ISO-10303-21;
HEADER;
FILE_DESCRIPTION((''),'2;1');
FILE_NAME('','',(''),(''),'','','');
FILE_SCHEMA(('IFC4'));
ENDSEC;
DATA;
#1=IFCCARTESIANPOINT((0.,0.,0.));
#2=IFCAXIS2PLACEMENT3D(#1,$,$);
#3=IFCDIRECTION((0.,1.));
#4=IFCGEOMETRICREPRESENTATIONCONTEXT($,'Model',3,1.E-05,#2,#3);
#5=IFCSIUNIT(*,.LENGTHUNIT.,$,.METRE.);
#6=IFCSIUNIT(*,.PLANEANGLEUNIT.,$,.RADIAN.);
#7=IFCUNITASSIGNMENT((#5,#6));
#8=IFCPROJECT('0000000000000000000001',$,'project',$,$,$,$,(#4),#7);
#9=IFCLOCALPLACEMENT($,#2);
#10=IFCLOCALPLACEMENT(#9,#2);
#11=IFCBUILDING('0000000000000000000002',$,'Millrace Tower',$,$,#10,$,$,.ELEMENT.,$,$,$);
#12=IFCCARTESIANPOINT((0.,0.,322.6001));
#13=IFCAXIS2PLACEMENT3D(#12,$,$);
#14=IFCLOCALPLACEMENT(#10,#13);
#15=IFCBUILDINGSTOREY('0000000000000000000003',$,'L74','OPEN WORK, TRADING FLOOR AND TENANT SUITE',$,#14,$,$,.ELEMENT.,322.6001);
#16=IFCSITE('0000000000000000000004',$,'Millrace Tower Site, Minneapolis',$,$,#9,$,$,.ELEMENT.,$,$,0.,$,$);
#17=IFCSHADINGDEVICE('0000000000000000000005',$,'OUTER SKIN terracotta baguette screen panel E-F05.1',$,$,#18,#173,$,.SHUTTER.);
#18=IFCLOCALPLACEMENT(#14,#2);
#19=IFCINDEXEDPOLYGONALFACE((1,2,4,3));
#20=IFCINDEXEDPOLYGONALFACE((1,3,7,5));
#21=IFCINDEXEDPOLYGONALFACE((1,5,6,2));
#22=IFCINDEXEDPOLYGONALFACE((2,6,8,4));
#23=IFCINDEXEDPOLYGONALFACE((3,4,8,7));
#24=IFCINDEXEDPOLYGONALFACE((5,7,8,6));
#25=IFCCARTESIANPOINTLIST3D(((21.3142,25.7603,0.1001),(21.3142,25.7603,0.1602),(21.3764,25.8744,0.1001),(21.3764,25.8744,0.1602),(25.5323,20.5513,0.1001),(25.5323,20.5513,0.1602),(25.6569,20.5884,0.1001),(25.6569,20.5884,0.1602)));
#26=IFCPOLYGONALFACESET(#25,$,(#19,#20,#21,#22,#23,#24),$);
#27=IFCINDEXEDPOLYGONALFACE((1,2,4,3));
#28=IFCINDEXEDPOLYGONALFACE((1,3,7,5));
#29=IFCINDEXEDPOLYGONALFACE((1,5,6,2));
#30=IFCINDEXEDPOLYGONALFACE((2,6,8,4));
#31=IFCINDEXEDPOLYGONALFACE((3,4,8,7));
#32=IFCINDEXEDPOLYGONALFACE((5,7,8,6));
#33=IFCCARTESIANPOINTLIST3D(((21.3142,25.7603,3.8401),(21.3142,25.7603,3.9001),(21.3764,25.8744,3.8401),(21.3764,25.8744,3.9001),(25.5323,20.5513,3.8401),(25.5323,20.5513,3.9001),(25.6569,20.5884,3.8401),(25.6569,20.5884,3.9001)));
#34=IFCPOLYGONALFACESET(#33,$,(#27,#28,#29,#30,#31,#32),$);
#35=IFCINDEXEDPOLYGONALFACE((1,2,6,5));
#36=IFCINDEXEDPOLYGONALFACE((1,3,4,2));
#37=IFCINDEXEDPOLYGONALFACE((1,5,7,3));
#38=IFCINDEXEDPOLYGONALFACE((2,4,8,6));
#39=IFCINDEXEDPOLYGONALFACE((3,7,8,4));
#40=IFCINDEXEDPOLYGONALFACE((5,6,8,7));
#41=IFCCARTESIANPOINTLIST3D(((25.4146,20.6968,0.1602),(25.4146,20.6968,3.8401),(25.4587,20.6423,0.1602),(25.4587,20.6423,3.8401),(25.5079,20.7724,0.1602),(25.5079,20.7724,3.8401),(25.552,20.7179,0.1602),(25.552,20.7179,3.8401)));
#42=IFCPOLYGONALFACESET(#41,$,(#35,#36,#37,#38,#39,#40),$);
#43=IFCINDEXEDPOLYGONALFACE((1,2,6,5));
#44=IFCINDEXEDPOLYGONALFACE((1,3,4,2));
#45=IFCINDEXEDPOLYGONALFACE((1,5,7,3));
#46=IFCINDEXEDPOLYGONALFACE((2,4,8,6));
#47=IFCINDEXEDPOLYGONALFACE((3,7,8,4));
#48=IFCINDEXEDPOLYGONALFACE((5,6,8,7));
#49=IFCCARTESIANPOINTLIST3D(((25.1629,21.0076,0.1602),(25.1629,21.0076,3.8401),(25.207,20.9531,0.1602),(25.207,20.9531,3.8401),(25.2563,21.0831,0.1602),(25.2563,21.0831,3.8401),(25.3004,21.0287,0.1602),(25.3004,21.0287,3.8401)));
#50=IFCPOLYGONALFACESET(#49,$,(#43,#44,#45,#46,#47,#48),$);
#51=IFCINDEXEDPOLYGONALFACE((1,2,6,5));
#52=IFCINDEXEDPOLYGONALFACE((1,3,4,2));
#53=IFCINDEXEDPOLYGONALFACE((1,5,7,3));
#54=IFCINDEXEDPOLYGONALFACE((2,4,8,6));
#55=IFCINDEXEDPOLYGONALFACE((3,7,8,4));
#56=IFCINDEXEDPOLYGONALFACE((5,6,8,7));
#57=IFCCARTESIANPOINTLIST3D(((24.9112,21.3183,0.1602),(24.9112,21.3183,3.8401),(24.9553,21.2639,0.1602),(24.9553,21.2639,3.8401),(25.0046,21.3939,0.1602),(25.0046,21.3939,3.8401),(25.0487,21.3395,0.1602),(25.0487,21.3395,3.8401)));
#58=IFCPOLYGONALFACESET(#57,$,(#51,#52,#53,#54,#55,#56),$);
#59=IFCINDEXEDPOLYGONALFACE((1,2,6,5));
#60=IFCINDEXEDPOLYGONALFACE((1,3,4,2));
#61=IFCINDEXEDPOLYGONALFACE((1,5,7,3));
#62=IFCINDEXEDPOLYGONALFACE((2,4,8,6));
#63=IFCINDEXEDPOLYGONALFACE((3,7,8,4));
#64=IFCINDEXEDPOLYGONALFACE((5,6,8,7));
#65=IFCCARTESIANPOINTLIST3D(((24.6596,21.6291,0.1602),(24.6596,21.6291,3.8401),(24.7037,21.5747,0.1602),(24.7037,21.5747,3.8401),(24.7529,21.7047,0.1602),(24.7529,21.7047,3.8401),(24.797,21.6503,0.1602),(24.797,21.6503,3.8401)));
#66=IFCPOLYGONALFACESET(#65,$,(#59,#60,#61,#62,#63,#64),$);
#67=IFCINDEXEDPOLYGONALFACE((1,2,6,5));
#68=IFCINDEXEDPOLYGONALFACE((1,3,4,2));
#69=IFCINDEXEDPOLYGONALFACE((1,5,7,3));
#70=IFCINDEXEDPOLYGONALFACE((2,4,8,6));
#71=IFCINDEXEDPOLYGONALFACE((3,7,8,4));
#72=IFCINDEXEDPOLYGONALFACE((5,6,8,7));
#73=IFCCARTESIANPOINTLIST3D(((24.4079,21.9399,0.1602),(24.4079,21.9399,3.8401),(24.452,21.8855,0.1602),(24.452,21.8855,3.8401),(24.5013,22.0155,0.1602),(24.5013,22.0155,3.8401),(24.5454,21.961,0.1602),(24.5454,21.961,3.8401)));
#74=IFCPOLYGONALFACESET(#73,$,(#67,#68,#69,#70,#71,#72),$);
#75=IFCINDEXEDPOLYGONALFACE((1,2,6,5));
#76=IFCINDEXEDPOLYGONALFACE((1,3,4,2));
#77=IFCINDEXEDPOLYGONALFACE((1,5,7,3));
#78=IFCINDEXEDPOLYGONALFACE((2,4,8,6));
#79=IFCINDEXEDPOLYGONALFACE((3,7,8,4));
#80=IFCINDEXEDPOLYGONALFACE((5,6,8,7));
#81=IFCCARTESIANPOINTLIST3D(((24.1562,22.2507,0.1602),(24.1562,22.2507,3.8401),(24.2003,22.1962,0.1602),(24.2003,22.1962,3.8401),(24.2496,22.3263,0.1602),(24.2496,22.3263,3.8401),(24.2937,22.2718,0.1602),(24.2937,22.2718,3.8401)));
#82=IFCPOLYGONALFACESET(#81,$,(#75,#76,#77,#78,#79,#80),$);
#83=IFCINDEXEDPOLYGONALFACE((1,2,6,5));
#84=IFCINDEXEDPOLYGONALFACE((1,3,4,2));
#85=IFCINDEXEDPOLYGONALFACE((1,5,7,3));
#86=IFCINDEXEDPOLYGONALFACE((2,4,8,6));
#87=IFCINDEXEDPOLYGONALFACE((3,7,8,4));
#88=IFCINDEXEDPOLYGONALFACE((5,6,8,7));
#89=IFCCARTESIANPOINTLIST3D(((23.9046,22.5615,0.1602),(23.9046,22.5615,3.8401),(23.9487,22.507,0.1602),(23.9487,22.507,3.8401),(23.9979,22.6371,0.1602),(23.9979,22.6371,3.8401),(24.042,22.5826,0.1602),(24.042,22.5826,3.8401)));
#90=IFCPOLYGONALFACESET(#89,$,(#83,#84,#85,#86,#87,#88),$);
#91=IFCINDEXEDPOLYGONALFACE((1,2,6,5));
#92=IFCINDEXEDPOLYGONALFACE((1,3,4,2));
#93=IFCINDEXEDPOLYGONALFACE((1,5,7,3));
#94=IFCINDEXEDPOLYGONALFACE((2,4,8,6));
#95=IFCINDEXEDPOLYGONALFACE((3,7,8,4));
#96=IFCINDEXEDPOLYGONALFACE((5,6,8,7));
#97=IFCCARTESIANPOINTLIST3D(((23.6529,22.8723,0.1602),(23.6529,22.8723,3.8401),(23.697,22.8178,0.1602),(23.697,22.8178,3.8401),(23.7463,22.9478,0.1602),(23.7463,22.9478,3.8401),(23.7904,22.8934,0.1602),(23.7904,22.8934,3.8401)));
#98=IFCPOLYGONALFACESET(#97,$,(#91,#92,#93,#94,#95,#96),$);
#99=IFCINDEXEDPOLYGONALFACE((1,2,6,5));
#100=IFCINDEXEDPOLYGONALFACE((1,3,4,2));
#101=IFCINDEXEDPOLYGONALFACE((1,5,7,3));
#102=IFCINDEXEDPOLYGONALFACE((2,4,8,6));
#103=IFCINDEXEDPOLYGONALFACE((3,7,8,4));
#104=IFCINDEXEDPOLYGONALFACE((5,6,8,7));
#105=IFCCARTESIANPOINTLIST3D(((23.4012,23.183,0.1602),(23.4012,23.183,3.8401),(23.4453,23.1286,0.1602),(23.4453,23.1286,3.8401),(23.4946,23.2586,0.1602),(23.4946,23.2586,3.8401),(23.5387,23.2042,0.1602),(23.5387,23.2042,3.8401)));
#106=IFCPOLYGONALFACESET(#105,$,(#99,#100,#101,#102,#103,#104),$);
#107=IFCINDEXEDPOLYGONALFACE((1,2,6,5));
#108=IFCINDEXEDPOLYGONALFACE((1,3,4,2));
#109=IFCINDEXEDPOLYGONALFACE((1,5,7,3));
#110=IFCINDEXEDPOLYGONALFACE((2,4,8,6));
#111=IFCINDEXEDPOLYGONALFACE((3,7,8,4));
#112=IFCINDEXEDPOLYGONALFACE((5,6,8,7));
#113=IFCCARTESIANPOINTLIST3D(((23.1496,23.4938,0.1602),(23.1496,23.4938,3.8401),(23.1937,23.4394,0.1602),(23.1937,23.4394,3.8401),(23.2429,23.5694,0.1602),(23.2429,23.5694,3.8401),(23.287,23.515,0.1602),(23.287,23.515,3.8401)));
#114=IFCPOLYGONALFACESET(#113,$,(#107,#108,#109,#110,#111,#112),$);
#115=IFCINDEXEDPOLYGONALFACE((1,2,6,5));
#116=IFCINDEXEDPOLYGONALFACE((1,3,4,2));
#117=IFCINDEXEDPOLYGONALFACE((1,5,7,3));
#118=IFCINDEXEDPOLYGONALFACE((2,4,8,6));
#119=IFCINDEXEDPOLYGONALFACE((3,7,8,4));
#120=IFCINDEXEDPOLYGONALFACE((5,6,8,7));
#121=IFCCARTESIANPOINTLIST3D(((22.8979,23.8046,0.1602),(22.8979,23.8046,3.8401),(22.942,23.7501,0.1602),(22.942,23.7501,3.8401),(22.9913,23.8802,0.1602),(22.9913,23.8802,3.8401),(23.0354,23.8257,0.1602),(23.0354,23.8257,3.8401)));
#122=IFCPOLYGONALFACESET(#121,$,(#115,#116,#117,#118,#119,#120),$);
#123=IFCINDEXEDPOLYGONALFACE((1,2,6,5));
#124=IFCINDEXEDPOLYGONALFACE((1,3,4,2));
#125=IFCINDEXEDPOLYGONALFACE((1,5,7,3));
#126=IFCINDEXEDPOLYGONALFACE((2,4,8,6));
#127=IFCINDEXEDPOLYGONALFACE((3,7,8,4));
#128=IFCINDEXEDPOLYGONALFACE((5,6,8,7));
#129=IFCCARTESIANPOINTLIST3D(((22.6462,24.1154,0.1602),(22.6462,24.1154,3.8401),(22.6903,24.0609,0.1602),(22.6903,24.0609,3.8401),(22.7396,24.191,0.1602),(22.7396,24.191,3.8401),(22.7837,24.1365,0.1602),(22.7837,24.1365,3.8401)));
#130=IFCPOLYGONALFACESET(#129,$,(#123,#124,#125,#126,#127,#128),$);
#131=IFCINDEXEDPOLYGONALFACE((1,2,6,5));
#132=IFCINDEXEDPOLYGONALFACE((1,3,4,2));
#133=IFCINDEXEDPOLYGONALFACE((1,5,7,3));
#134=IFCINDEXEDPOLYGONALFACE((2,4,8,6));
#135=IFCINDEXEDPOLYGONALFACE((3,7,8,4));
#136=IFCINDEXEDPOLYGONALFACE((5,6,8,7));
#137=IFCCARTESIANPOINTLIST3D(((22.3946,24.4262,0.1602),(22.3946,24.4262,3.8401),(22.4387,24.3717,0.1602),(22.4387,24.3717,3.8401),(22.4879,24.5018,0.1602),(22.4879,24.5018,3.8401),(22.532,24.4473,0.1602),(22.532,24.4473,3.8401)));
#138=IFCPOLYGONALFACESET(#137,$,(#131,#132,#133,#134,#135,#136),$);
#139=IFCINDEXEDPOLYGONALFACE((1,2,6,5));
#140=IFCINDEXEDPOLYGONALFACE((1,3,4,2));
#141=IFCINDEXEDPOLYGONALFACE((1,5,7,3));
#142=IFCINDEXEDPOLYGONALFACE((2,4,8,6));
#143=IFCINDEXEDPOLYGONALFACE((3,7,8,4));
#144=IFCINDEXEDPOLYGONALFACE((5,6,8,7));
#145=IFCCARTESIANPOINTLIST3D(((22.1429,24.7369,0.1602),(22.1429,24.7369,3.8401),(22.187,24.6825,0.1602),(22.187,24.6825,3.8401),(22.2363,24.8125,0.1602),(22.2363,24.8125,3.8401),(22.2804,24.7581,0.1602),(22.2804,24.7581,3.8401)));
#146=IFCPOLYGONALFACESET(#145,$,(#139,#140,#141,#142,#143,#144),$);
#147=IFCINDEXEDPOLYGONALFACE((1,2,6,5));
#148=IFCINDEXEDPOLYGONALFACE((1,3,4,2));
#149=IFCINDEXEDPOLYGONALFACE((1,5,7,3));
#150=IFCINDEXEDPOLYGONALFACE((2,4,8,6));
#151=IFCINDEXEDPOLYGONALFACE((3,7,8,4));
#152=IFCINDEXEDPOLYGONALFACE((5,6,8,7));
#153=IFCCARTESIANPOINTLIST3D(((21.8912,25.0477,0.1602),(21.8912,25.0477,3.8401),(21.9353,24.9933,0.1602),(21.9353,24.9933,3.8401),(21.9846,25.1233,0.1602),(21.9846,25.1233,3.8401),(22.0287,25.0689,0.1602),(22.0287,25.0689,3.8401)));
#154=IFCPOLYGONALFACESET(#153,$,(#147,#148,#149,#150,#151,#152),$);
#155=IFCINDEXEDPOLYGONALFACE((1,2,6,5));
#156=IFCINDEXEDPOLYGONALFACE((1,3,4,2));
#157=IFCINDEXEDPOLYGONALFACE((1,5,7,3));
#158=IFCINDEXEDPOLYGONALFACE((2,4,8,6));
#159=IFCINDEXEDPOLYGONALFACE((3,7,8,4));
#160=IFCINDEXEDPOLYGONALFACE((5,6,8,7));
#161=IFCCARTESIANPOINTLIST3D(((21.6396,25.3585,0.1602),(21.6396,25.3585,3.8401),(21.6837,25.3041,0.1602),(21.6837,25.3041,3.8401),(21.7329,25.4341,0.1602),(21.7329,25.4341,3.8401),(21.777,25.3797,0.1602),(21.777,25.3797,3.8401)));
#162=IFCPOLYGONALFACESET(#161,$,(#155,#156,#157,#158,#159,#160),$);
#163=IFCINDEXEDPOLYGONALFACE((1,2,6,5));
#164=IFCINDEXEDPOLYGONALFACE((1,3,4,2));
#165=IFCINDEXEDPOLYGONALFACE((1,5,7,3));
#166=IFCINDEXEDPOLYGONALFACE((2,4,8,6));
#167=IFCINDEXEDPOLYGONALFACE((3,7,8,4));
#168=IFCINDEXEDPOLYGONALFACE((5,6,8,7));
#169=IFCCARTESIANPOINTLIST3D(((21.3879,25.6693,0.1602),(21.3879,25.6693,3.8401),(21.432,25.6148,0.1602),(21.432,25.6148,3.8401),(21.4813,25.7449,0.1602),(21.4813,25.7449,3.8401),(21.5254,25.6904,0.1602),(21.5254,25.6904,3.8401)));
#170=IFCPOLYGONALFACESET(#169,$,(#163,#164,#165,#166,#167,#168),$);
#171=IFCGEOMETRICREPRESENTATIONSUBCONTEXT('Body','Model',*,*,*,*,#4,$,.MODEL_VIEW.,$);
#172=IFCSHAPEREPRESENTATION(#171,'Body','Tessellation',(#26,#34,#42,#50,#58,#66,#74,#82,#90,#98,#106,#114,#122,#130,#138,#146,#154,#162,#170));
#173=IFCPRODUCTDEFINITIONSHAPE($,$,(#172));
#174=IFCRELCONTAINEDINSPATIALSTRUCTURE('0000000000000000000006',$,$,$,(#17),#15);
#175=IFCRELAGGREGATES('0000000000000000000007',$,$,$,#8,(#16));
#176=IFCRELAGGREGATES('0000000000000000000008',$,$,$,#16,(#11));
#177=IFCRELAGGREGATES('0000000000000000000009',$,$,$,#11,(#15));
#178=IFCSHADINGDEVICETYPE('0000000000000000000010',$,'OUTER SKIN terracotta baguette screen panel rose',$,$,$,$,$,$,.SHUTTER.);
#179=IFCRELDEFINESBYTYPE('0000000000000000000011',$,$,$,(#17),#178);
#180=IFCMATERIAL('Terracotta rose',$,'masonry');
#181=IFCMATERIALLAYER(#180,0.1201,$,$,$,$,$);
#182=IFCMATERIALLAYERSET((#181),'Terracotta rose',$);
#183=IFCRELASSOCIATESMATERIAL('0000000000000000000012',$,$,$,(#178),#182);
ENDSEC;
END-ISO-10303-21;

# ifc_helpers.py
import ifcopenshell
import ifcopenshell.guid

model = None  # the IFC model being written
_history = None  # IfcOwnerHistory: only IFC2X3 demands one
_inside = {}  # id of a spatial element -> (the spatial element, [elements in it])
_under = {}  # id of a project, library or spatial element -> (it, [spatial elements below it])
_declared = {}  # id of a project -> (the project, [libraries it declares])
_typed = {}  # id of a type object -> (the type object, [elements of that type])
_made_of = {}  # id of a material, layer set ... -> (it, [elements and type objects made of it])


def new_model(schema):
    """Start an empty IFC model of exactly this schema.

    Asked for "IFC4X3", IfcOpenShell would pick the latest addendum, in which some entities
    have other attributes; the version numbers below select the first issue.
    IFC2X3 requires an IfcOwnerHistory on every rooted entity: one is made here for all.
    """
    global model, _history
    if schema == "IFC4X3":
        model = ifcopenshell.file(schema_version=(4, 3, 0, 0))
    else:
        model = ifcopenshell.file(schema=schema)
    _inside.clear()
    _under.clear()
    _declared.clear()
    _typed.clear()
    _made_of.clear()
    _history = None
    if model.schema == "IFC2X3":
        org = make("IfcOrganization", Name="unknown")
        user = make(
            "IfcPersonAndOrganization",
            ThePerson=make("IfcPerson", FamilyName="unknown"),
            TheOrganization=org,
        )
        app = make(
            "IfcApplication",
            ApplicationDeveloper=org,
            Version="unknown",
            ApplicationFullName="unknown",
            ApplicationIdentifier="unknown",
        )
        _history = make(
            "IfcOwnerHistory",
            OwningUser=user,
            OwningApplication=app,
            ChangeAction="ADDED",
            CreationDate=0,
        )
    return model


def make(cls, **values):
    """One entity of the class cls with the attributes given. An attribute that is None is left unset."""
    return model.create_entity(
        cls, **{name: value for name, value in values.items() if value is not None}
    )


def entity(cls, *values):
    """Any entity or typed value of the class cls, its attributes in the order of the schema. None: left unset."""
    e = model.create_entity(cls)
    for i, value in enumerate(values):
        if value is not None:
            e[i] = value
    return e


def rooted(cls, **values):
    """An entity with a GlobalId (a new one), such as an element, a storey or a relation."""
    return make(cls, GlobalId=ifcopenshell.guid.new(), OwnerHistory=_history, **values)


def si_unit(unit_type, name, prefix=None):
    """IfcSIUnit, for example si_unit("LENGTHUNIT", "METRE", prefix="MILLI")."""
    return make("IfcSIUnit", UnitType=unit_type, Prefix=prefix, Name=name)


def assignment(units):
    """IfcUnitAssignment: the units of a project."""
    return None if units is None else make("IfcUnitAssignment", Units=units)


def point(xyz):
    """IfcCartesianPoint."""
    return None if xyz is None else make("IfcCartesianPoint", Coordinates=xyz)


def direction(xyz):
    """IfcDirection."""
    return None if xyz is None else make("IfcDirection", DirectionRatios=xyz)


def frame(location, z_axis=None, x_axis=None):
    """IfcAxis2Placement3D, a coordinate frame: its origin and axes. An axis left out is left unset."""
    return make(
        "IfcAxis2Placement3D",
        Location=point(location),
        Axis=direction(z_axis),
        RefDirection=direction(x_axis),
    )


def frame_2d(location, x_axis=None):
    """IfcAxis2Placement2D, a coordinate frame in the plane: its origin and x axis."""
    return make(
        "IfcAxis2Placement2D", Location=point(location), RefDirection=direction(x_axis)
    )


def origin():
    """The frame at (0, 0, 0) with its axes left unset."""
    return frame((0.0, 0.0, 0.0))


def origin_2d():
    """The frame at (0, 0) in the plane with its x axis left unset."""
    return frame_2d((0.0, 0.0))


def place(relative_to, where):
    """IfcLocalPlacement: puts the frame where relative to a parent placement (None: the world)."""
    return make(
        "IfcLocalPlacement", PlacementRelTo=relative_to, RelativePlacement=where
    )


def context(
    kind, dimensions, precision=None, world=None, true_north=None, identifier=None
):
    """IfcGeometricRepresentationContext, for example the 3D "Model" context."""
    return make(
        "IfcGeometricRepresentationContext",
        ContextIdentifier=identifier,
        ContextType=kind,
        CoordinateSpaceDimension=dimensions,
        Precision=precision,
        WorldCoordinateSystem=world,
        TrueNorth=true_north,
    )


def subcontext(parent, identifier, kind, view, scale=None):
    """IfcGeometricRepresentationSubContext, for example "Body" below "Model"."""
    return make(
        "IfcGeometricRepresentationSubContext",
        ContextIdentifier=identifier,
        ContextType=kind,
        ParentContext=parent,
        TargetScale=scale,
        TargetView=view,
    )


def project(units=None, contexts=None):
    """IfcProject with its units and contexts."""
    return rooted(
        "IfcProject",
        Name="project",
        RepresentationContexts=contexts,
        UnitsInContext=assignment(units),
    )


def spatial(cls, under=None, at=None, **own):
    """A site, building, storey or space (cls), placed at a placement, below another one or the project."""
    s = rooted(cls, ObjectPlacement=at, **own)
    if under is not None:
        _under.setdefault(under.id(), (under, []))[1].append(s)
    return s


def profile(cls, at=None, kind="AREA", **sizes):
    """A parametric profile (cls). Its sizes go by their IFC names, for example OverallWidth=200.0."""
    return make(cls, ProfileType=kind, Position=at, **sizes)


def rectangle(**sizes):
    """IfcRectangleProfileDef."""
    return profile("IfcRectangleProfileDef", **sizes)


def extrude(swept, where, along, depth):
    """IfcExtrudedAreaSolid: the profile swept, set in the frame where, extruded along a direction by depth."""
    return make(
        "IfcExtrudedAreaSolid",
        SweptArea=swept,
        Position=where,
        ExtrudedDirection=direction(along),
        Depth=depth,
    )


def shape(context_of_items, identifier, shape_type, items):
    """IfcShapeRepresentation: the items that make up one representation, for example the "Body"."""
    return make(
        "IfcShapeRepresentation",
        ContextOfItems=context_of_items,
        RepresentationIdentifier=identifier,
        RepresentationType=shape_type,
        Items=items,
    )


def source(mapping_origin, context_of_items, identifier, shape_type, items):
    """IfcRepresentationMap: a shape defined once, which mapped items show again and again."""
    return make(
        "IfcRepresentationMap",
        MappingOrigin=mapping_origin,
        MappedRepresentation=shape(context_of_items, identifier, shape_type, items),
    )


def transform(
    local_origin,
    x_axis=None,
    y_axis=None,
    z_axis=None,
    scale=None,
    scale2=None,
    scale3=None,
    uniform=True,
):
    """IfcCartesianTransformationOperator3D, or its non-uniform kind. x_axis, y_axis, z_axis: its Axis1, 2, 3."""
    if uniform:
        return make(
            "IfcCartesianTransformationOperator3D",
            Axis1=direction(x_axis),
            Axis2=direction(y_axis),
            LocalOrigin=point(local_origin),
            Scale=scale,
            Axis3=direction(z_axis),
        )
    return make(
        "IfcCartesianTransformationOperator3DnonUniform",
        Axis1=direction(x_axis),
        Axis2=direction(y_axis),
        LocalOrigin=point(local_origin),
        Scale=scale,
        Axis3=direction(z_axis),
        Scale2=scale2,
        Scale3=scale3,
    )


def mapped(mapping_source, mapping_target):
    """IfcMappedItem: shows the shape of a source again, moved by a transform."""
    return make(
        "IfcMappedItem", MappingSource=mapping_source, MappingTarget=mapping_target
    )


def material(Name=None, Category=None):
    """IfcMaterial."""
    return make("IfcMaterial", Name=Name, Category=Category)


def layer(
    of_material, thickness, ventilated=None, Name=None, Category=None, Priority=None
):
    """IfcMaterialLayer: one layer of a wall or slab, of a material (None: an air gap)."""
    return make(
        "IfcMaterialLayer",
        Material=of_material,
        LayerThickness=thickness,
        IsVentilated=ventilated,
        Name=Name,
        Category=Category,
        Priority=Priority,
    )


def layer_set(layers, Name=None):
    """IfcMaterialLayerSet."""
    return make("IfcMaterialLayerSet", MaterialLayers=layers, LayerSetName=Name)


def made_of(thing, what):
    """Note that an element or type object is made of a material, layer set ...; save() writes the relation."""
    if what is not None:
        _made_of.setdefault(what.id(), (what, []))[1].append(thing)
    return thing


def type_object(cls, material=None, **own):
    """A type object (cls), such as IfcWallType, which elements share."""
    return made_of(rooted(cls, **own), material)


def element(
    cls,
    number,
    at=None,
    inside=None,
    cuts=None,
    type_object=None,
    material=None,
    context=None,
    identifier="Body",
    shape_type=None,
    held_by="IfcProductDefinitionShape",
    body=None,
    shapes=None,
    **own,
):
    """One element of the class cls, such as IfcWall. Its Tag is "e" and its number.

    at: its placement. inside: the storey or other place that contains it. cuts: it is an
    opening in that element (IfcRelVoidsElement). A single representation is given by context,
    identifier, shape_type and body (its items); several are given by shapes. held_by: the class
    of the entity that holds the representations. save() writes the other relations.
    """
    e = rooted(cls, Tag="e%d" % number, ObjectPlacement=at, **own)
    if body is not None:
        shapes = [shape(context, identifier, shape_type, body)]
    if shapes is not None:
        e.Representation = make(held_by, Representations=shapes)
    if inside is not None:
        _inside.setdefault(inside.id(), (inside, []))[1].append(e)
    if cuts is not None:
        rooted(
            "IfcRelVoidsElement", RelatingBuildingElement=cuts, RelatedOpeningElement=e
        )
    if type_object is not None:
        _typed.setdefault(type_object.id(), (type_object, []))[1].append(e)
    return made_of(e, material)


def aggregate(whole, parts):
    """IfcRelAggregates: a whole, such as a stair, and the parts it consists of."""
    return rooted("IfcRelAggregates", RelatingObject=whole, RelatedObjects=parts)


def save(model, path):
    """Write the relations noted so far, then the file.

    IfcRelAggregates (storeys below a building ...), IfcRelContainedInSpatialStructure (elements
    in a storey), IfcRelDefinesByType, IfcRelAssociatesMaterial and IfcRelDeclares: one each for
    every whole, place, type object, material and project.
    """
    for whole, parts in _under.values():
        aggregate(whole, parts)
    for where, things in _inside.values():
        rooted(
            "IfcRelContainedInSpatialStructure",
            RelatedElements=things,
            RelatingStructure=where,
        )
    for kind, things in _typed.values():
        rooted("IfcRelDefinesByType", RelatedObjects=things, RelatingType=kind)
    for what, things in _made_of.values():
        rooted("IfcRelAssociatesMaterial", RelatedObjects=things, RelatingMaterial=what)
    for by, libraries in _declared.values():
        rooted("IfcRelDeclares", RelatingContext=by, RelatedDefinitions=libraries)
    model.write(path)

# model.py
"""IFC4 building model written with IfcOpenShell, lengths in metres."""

from ifc_helpers import new_model, entity, si_unit, direction, frame, frame_2d, origin, origin_2d, place, context, subcontext, project, spatial, rectangle, extrude, source, transform, mapped, material, layer, layer_set, type_object, element, save


model = new_model("IFC4")

# Units and contexts
model_context = context("Model", 3, precision=1e-05, world=origin(), true_north=direction((0.0, 1.0)))
body_context = subcontext(model_context, "Body", "Model", "MODEL_VIEW")
ifc_project = project(units=[si_unit("LENGTHUNIT", "METRE"), si_unit("PLANEANGLEUNIT", "RADIAN")], contexts=[model_context])

# Site, building, storey
site_placement = place(None, origin())
site = spatial("IfcSite", under=ifc_project, at=site_placement, Name="Millrace Tower Site, Minneapolis", CompositionType="ELEMENT", RefElevation=0.0)
building_placement = place(site_placement, origin())
building = spatial("IfcBuilding", under=site, at=building_placement, Name="Millrace Tower", CompositionType="ELEMENT")
storey_placement = place(building_placement, frame((0.0, 0.0, 322.6001)))
storey = spatial("IfcBuildingStorey", under=building, at=storey_placement, Name="L74", Description="OPEN WORK, TRADING FLOOR AND TENANT SUITE", CompositionType="ELEMENT", Elevation=322.6001)

# Shading device
ifc_material_1 = material(Name="Terracotta rose", Category="masonry")
ifc_layer_1 = layer(ifc_material_1, 0.1201)
ifc_layer_set_1 = layer_set([ifc_layer_1], Name="Terracotta rose")
shading_device_type = type_object("IfcShadingDeviceType", Name="OUTER SKIN terracotta baguette screen panel rose", PredefinedType="SHUTTER", material=ifc_layer_set_1)
cartesian_point_1 = entity("IfcCartesianPoint", [-3.3513, 0.0601])
shared_polyline_1 = entity("IfcPolyline", [cartesian_point_1, entity("IfcCartesianPoint", [3.3513, 0.0601]), entity("IfcCartesianPoint", [3.4009, -0.0601]), entity("IfcCartesianPoint", [-3.4009, -0.0601]), cartesian_point_1])
shared_shape_1 = source(origin(), body_context, "Body", "SweptSolid", [
    entity("IfcExtrudedAreaSolid", entity("IfcArbitraryClosedProfileDef", "AREA", None, shared_polyline_1), entity("IfcAxis2Placement3D", entity("IfcCartesianPoint", [0.0, 0.0, 0.0])), entity("IfcDirection", [0.0, 0.0, 1.0]), 0.0601),
    entity("IfcExtrudedAreaSolid", entity("IfcArbitraryClosedProfileDef", "AREA", None, shared_polyline_1), entity("IfcAxis2Placement3D", entity("IfcCartesianPoint", [0.0, 0.0, 3.74])), entity("IfcDirection", [0.0, 0.0, 1.0]), 0.0601),
    extrude(rectangle(XDim=0.0701, YDim=0.1201, at=frame_2d((-3.1992, 0.0))), frame((0.0, 0.0, 0.0601)), (0.0, 0.0, 1.0), 3.6799),
    extrude(rectangle(XDim=0.0701, YDim=0.1201, at=frame_2d((-2.7993, 0.0))), frame((0.0, 0.0, 0.0601)), (0.0, 0.0, 1.0), 3.6799),
    extrude(rectangle(XDim=0.0701, YDim=0.1201, at=frame_2d((-2.3994, 0.0))), frame((0.0, 0.0, 0.0601)), (0.0, 0.0, 1.0), 3.6799),
    extrude(rectangle(XDim=0.0701, YDim=0.1201, at=frame_2d((-1.9995, 0.0))), frame((0.0, 0.0, 0.0601)), (0.0, 0.0, 1.0), 3.6799),
    extrude(rectangle(XDim=0.0701, YDim=0.1201, at=frame_2d((-1.5996, 0.0))), frame((0.0, 0.0, 0.0601)), (0.0, 0.0, 1.0), 3.6799),
    extrude(rectangle(XDim=0.0701, YDim=0.1201, at=frame_2d((-1.1997, 0.0))), frame((0.0, 0.0, 0.0601)), (0.0, 0.0, 1.0), 3.6799),
    extrude(rectangle(XDim=0.0701, YDim=0.1201, at=frame_2d((-0.7998, 0.0))), frame((0.0, 0.0, 0.0601)), (0.0, 0.0, 1.0), 3.6799),
    extrude(rectangle(XDim=0.0701, YDim=0.1201, at=frame_2d((-0.3999, 0.0))), frame((0.0, 0.0, 0.0601)), (0.0, 0.0, 1.0), 3.6799),
    extrude(rectangle(XDim=0.0701, YDim=0.1201, at=origin_2d()), frame((0.0, 0.0, 0.0601)), (0.0, 0.0, 1.0), 3.6799),
    extrude(rectangle(XDim=0.0701, YDim=0.1201, at=frame_2d((0.3999, 0.0))), frame((0.0, 0.0, 0.0601)), (0.0, 0.0, 1.0), 3.6799),
    extrude(rectangle(XDim=0.0701, YDim=0.1201, at=frame_2d((0.7998, 0.0))), frame((0.0, 0.0, 0.0601)), (0.0, 0.0, 1.0), 3.6799),
    extrude(rectangle(XDim=0.0701, YDim=0.1201, at=frame_2d((1.1997, 0.0))), frame((0.0, 0.0, 0.0601)), (0.0, 0.0, 1.0), 3.6799),
    extrude(rectangle(XDim=0.0701, YDim=0.1201, at=frame_2d((1.5996, 0.0))), frame((0.0, 0.0, 0.0601)), (0.0, 0.0, 1.0), 3.6799),
    extrude(rectangle(XDim=0.0701, YDim=0.1201, at=frame_2d((1.9995, 0.0))), frame((0.0, 0.0, 0.0601)), (0.0, 0.0, 1.0), 3.6799),
    extrude(rectangle(XDim=0.0701, YDim=0.1201, at=frame_2d((2.3994, 0.0))), frame((0.0, 0.0, 0.0601)), (0.0, 0.0, 1.0), 3.6799),
    extrude(rectangle(XDim=0.0701, YDim=0.1201, at=frame_2d((2.7993, 0.0))), frame((0.0, 0.0, 0.0601)), (0.0, 0.0, 1.0), 3.6799),
    extrude(rectangle(XDim=0.0701, YDim=0.1201, at=frame_2d((3.1992, 0.0))), frame((0.0, 0.0, 0.0601)), (0.0, 0.0, 1.0), 3.6799),
])
shading_device_1_placement = place(storey_placement, frame((23.47, 23.1936, 0.1001), z_axis=(0.0, 0.0, 1.0), x_axis=(-0.62932, 0.777146, 0.0)))
element("IfcShadingDevice", 1, at=shading_device_1_placement, inside=storey, type_object=shading_device_type, Name="OUTER SKIN terracotta baguette screen panel E-F05.1", PredefinedType="SHUTTER", context=body_context, shape_type="MappedRepresentation", body=[
    mapped(shared_shape_1, transform((0.0, 0.0, 0.0), scale=1.0)),
])

save(model, "model.ifc")
